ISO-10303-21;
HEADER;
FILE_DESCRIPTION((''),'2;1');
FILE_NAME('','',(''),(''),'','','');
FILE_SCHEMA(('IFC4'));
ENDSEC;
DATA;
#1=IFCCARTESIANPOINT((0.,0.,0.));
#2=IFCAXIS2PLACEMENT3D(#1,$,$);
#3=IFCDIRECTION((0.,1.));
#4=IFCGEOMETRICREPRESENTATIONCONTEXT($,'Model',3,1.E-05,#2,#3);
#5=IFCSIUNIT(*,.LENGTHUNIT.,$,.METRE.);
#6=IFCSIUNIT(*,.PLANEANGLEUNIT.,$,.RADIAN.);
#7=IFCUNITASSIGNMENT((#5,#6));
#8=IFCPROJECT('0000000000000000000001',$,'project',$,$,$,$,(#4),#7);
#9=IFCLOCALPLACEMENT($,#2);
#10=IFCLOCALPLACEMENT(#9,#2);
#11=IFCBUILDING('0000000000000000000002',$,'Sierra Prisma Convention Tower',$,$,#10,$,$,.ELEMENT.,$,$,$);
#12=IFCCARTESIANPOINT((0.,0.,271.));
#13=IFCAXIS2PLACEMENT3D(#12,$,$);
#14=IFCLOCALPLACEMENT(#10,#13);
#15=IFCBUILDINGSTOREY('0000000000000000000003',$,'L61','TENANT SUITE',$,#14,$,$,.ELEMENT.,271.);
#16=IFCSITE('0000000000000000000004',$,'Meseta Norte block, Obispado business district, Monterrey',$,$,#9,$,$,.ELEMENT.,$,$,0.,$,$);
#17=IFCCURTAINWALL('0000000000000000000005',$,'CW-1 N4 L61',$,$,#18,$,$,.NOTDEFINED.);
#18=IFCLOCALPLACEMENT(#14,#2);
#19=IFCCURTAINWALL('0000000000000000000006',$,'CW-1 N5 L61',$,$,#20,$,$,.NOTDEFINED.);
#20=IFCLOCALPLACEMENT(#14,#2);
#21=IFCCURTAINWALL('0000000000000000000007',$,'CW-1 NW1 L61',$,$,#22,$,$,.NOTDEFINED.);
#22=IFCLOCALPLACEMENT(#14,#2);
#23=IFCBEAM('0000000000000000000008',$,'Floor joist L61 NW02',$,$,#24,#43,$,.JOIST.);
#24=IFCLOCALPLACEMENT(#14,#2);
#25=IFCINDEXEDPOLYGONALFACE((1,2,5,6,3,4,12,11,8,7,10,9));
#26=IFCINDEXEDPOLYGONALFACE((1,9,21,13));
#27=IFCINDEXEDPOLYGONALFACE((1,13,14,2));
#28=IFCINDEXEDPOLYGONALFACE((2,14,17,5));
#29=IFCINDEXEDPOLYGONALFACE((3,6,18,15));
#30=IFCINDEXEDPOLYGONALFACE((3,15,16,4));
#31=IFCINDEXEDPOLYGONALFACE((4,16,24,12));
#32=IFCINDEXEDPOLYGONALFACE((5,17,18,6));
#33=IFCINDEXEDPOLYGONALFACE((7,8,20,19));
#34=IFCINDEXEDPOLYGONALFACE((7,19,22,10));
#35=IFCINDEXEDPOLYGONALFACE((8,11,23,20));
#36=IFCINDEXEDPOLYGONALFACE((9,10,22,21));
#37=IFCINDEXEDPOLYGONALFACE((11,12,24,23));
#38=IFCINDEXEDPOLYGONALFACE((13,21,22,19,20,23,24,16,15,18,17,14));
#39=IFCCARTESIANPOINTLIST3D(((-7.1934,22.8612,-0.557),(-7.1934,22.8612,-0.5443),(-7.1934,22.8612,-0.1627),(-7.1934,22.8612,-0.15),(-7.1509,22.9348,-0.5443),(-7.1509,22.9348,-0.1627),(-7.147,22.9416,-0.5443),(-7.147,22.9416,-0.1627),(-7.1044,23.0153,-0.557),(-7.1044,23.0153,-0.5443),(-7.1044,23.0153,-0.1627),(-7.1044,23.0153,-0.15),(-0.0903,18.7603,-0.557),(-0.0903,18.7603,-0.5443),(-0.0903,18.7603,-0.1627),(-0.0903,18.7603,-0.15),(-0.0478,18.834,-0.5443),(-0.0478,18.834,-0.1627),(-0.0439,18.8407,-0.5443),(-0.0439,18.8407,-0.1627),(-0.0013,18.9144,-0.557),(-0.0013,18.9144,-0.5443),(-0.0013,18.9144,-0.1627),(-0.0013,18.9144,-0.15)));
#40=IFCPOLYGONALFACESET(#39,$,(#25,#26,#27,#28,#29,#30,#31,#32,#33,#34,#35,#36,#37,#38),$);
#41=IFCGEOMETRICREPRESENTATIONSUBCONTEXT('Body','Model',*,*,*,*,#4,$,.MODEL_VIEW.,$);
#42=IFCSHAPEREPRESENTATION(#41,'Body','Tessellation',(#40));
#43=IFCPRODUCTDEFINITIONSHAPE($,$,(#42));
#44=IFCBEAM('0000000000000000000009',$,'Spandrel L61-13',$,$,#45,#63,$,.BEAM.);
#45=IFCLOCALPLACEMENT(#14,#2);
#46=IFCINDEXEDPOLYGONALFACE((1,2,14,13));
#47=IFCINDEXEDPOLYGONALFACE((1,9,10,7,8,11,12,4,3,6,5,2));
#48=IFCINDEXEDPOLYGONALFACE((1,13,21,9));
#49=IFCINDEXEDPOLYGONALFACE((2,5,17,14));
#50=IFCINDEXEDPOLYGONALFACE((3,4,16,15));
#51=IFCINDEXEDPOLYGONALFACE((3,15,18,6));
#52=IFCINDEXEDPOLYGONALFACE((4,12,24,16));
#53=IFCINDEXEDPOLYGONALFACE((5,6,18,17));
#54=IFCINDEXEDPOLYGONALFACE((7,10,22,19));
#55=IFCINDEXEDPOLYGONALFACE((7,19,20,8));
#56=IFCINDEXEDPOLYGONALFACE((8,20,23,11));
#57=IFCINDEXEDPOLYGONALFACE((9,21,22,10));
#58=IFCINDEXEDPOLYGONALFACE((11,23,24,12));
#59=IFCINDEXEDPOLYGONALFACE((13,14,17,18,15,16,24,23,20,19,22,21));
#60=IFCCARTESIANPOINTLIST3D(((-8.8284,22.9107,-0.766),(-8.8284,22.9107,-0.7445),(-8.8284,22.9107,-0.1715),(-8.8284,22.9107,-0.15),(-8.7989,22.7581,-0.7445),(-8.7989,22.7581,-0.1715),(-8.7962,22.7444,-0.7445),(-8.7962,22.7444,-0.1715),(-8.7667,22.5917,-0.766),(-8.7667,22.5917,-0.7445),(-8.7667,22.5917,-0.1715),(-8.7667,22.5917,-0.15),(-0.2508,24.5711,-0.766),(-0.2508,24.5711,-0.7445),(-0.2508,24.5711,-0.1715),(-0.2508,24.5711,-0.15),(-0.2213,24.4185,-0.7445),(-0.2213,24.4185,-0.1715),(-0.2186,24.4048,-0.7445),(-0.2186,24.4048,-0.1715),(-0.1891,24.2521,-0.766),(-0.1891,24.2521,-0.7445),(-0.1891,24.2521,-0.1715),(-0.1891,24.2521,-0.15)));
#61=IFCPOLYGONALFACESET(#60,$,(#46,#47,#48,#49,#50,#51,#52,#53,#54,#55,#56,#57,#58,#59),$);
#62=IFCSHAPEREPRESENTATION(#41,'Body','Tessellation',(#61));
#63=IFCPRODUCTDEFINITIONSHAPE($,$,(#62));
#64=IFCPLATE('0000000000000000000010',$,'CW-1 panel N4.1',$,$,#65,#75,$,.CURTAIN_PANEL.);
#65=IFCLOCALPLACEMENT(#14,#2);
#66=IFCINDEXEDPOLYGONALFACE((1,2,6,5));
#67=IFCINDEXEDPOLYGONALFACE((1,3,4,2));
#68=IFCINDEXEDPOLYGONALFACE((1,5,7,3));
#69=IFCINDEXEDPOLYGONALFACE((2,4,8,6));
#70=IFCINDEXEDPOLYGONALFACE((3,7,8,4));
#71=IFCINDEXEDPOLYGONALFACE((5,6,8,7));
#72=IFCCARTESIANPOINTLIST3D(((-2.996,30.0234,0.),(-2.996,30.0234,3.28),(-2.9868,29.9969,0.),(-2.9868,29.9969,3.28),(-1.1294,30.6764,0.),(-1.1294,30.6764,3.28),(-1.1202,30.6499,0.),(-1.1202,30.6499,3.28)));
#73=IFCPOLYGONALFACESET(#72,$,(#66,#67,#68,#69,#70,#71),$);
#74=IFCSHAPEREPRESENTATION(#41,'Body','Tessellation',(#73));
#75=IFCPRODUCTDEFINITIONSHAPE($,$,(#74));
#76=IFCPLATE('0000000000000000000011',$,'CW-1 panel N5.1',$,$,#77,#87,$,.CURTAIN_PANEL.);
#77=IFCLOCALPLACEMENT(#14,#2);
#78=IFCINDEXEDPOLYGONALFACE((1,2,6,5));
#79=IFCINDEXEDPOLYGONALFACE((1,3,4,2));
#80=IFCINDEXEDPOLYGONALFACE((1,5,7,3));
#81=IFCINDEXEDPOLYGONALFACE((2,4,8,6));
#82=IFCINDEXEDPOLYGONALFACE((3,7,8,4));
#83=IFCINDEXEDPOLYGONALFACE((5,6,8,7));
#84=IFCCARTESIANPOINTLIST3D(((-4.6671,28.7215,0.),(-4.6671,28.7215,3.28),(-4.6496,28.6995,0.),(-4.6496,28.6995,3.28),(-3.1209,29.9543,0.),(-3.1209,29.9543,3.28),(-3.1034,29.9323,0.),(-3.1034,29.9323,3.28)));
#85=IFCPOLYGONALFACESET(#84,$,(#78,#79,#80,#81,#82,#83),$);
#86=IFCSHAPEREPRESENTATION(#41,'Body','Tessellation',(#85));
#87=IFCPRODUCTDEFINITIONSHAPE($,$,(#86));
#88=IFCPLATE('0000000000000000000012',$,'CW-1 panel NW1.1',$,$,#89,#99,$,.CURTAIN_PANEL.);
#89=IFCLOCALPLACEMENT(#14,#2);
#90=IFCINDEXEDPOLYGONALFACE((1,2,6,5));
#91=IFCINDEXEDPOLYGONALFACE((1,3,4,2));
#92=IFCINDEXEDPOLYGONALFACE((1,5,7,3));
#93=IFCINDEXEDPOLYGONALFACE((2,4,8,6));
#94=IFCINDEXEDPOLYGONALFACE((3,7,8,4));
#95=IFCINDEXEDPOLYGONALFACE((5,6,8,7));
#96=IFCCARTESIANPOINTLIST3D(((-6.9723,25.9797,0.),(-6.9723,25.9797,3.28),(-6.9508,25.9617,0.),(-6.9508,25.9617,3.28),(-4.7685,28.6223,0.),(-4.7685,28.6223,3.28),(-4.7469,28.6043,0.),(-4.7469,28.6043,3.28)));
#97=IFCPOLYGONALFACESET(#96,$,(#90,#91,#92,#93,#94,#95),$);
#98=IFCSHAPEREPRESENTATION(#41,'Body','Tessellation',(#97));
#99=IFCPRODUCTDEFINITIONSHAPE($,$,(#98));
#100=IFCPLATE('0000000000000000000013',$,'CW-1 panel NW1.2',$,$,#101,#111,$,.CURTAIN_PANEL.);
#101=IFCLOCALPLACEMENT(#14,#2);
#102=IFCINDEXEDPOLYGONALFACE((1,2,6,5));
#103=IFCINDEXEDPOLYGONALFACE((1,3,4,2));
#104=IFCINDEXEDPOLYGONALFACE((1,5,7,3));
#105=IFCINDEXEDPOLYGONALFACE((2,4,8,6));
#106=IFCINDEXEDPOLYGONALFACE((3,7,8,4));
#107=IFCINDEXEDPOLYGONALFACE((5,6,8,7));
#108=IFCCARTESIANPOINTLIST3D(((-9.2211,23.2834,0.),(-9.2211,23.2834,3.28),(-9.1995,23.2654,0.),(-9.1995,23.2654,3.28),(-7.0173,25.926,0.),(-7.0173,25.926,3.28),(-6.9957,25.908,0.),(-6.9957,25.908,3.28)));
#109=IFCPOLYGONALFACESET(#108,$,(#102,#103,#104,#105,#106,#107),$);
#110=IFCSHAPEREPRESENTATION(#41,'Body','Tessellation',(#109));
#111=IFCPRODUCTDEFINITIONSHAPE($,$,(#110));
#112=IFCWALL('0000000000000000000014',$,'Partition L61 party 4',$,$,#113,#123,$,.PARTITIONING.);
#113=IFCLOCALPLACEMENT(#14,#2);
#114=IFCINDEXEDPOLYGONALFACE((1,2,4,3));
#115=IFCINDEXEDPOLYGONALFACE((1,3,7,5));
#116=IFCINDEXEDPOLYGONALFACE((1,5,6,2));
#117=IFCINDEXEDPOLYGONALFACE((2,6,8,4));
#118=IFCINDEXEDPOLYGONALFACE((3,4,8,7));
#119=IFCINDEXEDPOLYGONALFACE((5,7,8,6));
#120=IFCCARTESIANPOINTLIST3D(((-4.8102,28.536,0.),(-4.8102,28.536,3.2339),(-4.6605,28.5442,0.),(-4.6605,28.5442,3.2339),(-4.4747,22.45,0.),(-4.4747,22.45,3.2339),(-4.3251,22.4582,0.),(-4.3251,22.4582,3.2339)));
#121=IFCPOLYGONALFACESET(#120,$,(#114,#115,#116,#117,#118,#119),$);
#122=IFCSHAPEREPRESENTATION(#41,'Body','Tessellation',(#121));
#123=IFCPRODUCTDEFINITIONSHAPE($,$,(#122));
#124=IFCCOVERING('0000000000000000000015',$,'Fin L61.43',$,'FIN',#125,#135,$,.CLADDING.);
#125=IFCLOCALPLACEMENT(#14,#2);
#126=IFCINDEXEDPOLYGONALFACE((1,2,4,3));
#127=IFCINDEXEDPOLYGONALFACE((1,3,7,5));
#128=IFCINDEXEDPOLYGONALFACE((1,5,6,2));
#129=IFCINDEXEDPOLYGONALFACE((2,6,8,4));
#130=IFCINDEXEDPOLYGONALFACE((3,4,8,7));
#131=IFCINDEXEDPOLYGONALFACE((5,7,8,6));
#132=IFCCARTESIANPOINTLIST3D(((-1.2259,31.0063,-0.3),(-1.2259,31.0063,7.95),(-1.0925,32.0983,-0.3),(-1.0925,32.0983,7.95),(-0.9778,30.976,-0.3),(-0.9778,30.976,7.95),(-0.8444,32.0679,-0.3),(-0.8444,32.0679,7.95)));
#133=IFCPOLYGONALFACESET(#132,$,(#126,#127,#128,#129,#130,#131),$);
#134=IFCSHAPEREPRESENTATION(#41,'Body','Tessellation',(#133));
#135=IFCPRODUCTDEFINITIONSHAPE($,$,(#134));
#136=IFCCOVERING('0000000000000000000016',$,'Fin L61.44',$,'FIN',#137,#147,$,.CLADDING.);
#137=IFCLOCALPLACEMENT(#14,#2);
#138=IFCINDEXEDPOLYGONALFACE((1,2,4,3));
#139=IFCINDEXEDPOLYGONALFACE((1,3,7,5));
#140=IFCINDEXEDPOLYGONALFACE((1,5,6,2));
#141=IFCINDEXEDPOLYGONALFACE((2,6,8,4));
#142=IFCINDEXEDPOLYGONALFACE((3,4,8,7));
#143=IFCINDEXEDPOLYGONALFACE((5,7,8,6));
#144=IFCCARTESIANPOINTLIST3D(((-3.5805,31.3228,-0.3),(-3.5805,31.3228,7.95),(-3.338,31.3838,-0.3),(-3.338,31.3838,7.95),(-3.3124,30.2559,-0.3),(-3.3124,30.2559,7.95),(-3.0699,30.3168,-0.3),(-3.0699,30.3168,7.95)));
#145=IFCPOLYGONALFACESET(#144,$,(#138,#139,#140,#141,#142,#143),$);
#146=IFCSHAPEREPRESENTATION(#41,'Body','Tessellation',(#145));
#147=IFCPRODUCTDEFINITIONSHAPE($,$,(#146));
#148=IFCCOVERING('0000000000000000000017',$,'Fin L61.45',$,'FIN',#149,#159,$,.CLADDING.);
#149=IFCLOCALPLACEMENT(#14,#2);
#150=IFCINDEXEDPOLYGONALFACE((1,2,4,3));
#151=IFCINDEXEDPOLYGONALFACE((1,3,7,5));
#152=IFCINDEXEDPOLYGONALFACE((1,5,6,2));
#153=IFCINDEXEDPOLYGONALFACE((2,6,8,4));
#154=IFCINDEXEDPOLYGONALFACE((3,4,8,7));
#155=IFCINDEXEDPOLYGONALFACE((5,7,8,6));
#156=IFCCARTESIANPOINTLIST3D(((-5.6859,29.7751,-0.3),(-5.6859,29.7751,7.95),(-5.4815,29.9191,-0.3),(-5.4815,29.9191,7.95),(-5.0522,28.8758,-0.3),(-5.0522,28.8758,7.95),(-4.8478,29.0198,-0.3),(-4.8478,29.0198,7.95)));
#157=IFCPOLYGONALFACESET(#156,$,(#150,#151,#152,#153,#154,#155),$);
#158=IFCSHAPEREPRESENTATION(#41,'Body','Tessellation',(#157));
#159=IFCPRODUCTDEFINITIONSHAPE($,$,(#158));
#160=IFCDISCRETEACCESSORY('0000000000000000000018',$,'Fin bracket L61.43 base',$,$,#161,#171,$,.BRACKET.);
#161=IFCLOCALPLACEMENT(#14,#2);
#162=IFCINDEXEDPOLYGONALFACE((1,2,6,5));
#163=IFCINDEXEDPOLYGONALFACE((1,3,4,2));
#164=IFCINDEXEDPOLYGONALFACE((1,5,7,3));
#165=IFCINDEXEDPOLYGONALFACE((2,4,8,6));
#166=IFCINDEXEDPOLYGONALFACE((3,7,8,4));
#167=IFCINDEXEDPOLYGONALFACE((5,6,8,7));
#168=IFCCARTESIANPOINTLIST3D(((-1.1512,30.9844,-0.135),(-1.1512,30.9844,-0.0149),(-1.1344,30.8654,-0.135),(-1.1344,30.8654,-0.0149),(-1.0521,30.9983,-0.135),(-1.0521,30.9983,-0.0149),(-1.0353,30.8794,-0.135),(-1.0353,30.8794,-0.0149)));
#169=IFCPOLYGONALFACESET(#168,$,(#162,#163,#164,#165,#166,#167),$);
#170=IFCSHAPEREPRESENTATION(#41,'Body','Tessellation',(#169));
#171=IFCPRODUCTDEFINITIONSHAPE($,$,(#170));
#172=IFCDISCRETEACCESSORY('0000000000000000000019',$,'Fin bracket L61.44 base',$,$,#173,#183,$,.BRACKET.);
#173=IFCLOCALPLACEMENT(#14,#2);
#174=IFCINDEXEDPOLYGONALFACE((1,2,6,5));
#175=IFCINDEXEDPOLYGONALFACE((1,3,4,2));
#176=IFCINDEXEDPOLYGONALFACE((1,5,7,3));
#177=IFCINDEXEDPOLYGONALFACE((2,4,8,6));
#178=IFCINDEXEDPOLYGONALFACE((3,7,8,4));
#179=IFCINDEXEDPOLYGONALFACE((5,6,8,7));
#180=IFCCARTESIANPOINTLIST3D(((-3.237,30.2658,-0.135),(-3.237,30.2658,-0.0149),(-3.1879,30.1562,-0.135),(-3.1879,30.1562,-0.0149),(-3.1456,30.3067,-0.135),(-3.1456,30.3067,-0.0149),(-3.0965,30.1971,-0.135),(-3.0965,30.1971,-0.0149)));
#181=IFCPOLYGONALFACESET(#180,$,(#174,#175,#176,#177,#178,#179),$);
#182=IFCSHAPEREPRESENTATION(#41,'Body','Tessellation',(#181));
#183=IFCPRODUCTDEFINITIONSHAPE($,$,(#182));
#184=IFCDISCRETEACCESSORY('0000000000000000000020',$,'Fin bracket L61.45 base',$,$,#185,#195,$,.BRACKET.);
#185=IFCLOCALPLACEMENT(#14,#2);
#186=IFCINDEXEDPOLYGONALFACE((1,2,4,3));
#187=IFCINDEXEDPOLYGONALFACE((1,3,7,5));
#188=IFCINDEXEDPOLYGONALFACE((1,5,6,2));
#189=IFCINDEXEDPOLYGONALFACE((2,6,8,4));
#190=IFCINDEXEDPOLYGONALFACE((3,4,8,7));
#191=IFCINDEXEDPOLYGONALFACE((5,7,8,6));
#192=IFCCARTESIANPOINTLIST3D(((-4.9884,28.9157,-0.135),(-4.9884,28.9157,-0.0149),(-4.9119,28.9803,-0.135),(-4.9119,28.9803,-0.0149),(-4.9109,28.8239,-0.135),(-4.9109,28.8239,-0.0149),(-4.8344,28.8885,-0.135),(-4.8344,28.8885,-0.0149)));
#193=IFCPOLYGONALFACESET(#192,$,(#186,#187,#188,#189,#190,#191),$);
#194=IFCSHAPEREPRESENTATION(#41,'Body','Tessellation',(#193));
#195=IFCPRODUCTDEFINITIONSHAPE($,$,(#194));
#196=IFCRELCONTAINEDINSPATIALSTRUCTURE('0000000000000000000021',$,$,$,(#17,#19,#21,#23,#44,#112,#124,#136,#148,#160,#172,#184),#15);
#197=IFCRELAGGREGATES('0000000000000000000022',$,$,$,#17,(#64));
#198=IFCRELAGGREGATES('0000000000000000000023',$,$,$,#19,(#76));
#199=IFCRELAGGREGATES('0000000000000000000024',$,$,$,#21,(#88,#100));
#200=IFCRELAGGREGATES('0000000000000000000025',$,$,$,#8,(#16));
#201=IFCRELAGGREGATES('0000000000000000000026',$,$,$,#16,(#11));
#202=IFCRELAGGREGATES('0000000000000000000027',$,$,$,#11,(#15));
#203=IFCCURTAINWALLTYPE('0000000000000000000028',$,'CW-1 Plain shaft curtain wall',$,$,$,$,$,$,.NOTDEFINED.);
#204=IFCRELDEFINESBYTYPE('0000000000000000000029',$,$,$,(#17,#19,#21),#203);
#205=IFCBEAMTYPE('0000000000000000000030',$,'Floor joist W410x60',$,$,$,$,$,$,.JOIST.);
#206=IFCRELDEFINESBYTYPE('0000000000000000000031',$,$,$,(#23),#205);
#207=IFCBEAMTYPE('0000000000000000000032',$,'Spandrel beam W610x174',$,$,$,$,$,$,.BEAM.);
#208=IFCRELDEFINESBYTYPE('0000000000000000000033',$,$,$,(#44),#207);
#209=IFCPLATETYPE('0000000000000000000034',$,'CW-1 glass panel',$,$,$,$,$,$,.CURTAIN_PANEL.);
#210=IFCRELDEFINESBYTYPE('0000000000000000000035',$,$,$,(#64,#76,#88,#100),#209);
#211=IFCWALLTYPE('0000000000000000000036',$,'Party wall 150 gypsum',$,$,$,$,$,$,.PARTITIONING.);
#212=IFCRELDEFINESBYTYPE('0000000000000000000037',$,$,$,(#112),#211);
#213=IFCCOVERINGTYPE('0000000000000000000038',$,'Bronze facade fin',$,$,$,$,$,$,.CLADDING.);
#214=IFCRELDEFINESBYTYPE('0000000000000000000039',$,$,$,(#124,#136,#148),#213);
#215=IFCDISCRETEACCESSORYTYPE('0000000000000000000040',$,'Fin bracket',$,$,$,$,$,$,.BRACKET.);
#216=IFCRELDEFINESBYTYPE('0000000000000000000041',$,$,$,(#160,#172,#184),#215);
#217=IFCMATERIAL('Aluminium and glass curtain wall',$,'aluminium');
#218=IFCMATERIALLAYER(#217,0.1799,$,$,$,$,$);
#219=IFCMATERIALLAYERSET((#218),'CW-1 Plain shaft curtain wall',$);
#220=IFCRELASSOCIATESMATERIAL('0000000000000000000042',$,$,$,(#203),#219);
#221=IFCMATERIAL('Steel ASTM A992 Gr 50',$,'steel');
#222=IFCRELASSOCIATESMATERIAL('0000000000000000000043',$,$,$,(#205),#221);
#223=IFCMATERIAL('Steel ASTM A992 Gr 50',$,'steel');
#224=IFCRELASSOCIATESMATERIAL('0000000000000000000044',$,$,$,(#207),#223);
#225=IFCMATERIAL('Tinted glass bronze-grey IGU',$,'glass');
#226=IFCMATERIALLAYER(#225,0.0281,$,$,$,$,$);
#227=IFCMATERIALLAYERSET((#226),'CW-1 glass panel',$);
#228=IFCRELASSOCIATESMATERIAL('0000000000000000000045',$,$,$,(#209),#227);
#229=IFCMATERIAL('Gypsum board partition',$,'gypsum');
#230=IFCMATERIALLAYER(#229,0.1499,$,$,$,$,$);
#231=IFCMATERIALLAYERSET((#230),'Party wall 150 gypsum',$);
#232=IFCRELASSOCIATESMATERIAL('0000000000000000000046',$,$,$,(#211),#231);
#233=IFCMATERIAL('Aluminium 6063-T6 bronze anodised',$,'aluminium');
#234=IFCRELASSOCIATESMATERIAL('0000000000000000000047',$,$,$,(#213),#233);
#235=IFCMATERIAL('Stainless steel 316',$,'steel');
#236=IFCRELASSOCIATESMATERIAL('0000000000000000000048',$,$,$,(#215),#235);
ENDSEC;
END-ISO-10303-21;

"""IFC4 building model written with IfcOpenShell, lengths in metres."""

from ifc_helpers import new_model, si_unit, direction, frame, frame_2d, origin, origin_2d, place, context, subcontext, project, spatial, rectangle, i_section, extrude, material, layer, layer_set, material_profile, profile_set, type_object, element, aggregate, save


model = new_model("IFC4")

# Units and contexts
model_context = context("Model", 3, precision=1e-05, world=origin(), true_north=direction((0.0, 1.0)))
body_context = subcontext(model_context, "Body", "Model", "MODEL_VIEW")
ifc_project = project(units=[si_unit("LENGTHUNIT", "METRE"), si_unit("PLANEANGLEUNIT", "RADIAN")], contexts=[model_context])

# Site, building, storey
site_placement = place(None, origin())
site = spatial("IfcSite", under=ifc_project, at=site_placement, Name="Meseta Norte block, Obispado business district, Monterrey", CompositionType="ELEMENT", RefElevation=0.0)
building_placement = place(site_placement, origin())
building = spatial("IfcBuilding", under=site, at=building_placement, Name="Sierra Prisma Convention Tower", CompositionType="ELEMENT")
storey_placement = place(building_placement, frame((0.0, 0.0, 271.0)))
storey = spatial("IfcBuildingStorey", under=building, at=storey_placement, Name="L61", Description="TENANT SUITE", CompositionType="ELEMENT", Elevation=271.0)

# Curtain walls
ifc_material_1 = material(Name="Aluminium and glass curtain wall", Category="aluminium")
ifc_layer_1 = layer(ifc_material_1, 0.1799)
ifc_layer_set_1 = layer_set([ifc_layer_1], Name="CW-1 Plain shaft curtain wall")
curtain_wall_type = type_object("IfcCurtainWallType", Name="CW-1 Plain shaft curtain wall", PredefinedType="NOTDEFINED", material=ifc_layer_set_1)
curtain_wall_1_placement = place(storey_placement, origin())
curtain_wall_1 = element("IfcCurtainWall", 1, at=curtain_wall_1_placement, inside=storey, type_object=curtain_wall_type, Name="CW-1 N4 L61", PredefinedType="NOTDEFINED")
curtain_wall_2_placement = place(storey_placement, origin())
curtain_wall_2 = element("IfcCurtainWall", 2, at=curtain_wall_2_placement, inside=storey, type_object=curtain_wall_type, Name="CW-1 N5 L61", PredefinedType="NOTDEFINED")

# Curtain wall
curtain_wall_3_placement = place(storey_placement, origin())
curtain_wall_3 = element("IfcCurtainWall", 3, at=curtain_wall_3_placement, inside=storey, type_object=curtain_wall_type, Name="CW-1 NW1 L61", PredefinedType="NOTDEFINED")

# Beams
ifc_material_2 = material(Name="Steel ASTM A992 Gr 50", Category="steel")
ifc_material_profile_1 = material_profile(ifc_material_2, i_section(OverallWidth=0.178, OverallDepth=0.407, WebThickness=0.0078, FlangeThickness=0.0127, at=origin_2d()), Name="W410x60")
ifc_profile_set_1 = profile_set([ifc_material_profile_1], Name="Steel ASTM A992 Gr 50")
beam_type_1 = type_object("IfcBeamType", Name="Floor joist W410x60", PredefinedType="JOIST", material=ifc_profile_set_1)
beam_1_placement = place(storey_placement, frame((-7.1489, 22.9382, -0.3535), z_axis=(0.866031, -0.49999, 0.0), x_axis=(0.49999, 0.866031, 0.0)))
element("IfcBeam", 4, at=beam_1_placement, inside=storey, type_object=beam_type_1, Name="Floor joist L61 NW02", PredefinedType="JOIST", context=body_context, shape_type="SweptSolid", body=[
    extrude(i_section(OverallWidth=0.178, OverallDepth=0.407, WebThickness=0.0078, FlangeThickness=0.0127, at=origin_2d()), origin(), (0.0, 0.0, 1.0), 8.2019),
])
ifc_material_3 = material(Name="Steel ASTM A992 Gr 50", Category="steel")
ifc_material_profile_2 = material_profile(ifc_material_3, i_section(OverallWidth=0.325, OverallDepth=0.616, WebThickness=0.0139, FlangeThickness=0.0215, at=origin_2d()), Name="W610x174")
ifc_profile_set_2 = profile_set([ifc_material_profile_2], Name="Steel ASTM A992 Gr 50")
beam_type_2 = type_object("IfcBeamType", Name="Spandrel beam W610x174", PredefinedType="BEAM", material=ifc_profile_set_2)
beam_2_placement = place(storey_placement, frame((-0.22, 24.4116, -0.458), z_axis=(-0.981775, -0.190045, 0.0), x_axis=(0.190045, -0.981775, 0.0)))
element("IfcBeam", 5, at=beam_2_placement, inside=storey, type_object=beam_type_2, Name="Spandrel L61-13", PredefinedType="BEAM", context=body_context, shape_type="SweptSolid", body=[
    extrude(i_section(OverallWidth=0.325, OverallDepth=0.616, WebThickness=0.0139, FlangeThickness=0.0215, at=origin_2d()), origin(), (0.0, 0.0, 1.0), 8.7368),
])

# Plates
ifc_material_4 = material(Name="Tinted glass bronze-grey IGU", Category="glass")
ifc_layer_2 = layer(ifc_material_4, 0.0281)
ifc_layer_set_2 = layer_set([ifc_layer_2], Name="CW-1 glass panel")
plate_type = type_object("IfcPlateType", Name="CW-1 glass panel", PredefinedType="CURTAIN_PANEL", material=ifc_layer_set_2)
plate_1_placement = place(storey_placement, frame((-2.0581, 30.3367, 0.0), z_axis=(0.0, 0.0, 1.0), x_axis=(-0.9439, -0.330231, 0.0)))
plate_1 = element("IfcPlate", 6, at=plate_1_placement, type_object=plate_type, Name="CW-1 panel N4.1", PredefinedType="CURTAIN_PANEL", context=body_context, shape_type="SweptSolid", body=[
    extrude(rectangle(XDim=1.9775, YDim=0.0281, at=origin_2d()), origin(), (0.0, 0.0, 1.0), 3.28),
])
aggregate(curtain_wall_1, [plate_1])
plate_2_placement = place(storey_placement, frame((-3.8853, 29.3269, 0.0), z_axis=(0.0, 0.0, 1.0), x_axis=(-0.781895, -0.62341, 0.0)))
plate_2 = element("IfcPlate", 7, at=plate_2_placement, type_object=plate_type, Name="CW-1 panel N5.1", PredefinedType="CURTAIN_PANEL", context=body_context, shape_type="SweptSolid", body=[
    extrude(rectangle(XDim=1.9775, YDim=0.0281, at=origin_2d()), origin(), (0.0, 0.0, 1.0), 3.28),
])
aggregate(curtain_wall_2, [plate_2])
plate_3_placement = place(storey_placement, frame((-5.8596, 27.292, 0.0), z_axis=(0.0, 0.0, 1.0), x_axis=(-0.640479, -0.767976, 0.0)))
plate_3 = element("IfcPlate", 8, at=plate_3_placement, type_object=plate_type, Name="CW-1 panel NW1.1", PredefinedType="CURTAIN_PANEL", context=body_context, shape_type="SweptSolid", body=[
    extrude(rectangle(XDim=3.4409, YDim=0.0281, at=origin_2d()), origin(), (0.0, 0.0, 1.0), 3.28),
])
plate_4_placement = place(storey_placement, frame((-8.1084, 24.5957, 0.0), z_axis=(0.0, 0.0, 1.0), x_axis=(-0.640479, -0.767976, 0.0)))
plate_4 = element("IfcPlate", 9, at=plate_4_placement, type_object=plate_type, Name="CW-1 panel NW1.2", PredefinedType="CURTAIN_PANEL", context=body_context, shape_type="SweptSolid", body=[
    extrude(rectangle(XDim=3.4409, YDim=0.0281, at=origin_2d()), origin(), (0.0, 0.0, 1.0), 3.28),
])
aggregate(curtain_wall_3, [plate_3, plate_4])

# Wall
ifc_material_5 = material(Name="Gypsum board partition", Category="gypsum")
ifc_layer_3 = layer(ifc_material_5, 0.1499)
ifc_layer_set_3 = layer_set([ifc_layer_3], Name="Party wall 150 gypsum")
wall_type = type_object("IfcWallType", Name="Party wall 150 gypsum", PredefinedType="PARTITIONING", material=ifc_layer_set_3)
wall_placement = place(storey_placement, frame((-4.3999, 22.4541, 0.0), z_axis=(0.0, 0.0, 1.0), x_axis=(-0.055035, 0.998484, 0.0)))
element("IfcWall", 10, at=wall_placement, inside=storey, type_object=wall_type, Name="Partition L61 party 4", PredefinedType="PARTITIONING", context=body_context, shape_type="SweptSolid", body=[
    extrude(rectangle(XDim=6.0952, YDim=0.1499, at=frame_2d((3.0476, 0.0))), origin(), (0.0, 0.0, 1.0), 3.2339),
])

# Coverings
ifc_material_6 = material(Name="Aluminium 6063-T6 bronze anodised", Category="aluminium")
ifc_material_profile_3 = material_profile(ifc_material_6, rectangle(XDim=1.1001, YDim=0.25, at=origin_2d()), Name="ALU FIN 1100x250")
ifc_profile_set_3 = profile_set([ifc_material_profile_3], Name="Aluminium 6063-T6 bronze anodised")
covering_type = type_object("IfcCoveringType", Name="Bronze facade fin", PredefinedType="CLADDING", material=ifc_profile_set_3)
for number, where, z_axis, x_axis, name in (
    (11, (-1.0352, 31.5371, -0.3), (0.0, 0.0, 1.0), (0.121272, 0.992619, 0.0), "Fin L61.43"),
    (12, (-3.3252, 30.8198, -0.3), (0.0, 0.0, 1.0), (-0.243674, 0.969857, 0.0), "Fin L61.44"),
    (13, (-5.2668, 29.3975, -0.3), (0.0, 0.0, 1.0), (-0.576039, 0.817422, 0.0), "Fin L61.45"),
):
    element("IfcCovering", number, at=place(storey_placement, frame(where, z_axis=z_axis, x_axis=x_axis)), inside=storey, type_object=covering_type, Name=name, ObjectType="FIN", PredefinedType="CLADDING", context=body_context, shape_type="SweptSolid", body=[
        extrude(rectangle(XDim=1.1001, YDim=0.25, at=origin_2d()), origin(), (0.0, 0.0, 1.0), 8.25),
    ])

# Discrete accessories
ifc_material_7 = material(Name="Stainless steel 316", Category="steel")
discrete_accessory_type = type_object("IfcDiscreteAccessoryType", Name="Fin bracket", PredefinedType="BRACKET", material=ifc_material_7)
for number, where, z_axis, x_axis, name in (
    (14, (-1.0933, 30.9319, -0.135), (0.0, 0.0, 1.0), (-0.139769, 0.990184, 0.0), "Fin bracket L61.43 base"),
    (15, (-3.1667, 30.2314, -0.135), (0.0, 0.0, 1.0), (-0.408386, 0.912809, 0.0), "Fin bracket L61.44 base"),
    (16, (-4.9114, 28.9021, -0.135), (0.0, 0.0, 1.0), (-0.64509, 0.764106, 0.0), "Fin bracket L61.45 base"),
):
    element("IfcDiscreteAccessory", number, at=place(storey_placement, frame(where, z_axis=z_axis, x_axis=x_axis)), inside=storey, type_object=discrete_accessory_type, Name=name, PredefinedType="BRACKET", context=body_context, shape_type="SweptSolid", body=[
        extrude(rectangle(XDim=0.1201, YDim=0.1001, at=origin_2d()), origin(), (0.0, 0.0, 1.0), 0.1201),
    ])

save(model, "model.ifc")
